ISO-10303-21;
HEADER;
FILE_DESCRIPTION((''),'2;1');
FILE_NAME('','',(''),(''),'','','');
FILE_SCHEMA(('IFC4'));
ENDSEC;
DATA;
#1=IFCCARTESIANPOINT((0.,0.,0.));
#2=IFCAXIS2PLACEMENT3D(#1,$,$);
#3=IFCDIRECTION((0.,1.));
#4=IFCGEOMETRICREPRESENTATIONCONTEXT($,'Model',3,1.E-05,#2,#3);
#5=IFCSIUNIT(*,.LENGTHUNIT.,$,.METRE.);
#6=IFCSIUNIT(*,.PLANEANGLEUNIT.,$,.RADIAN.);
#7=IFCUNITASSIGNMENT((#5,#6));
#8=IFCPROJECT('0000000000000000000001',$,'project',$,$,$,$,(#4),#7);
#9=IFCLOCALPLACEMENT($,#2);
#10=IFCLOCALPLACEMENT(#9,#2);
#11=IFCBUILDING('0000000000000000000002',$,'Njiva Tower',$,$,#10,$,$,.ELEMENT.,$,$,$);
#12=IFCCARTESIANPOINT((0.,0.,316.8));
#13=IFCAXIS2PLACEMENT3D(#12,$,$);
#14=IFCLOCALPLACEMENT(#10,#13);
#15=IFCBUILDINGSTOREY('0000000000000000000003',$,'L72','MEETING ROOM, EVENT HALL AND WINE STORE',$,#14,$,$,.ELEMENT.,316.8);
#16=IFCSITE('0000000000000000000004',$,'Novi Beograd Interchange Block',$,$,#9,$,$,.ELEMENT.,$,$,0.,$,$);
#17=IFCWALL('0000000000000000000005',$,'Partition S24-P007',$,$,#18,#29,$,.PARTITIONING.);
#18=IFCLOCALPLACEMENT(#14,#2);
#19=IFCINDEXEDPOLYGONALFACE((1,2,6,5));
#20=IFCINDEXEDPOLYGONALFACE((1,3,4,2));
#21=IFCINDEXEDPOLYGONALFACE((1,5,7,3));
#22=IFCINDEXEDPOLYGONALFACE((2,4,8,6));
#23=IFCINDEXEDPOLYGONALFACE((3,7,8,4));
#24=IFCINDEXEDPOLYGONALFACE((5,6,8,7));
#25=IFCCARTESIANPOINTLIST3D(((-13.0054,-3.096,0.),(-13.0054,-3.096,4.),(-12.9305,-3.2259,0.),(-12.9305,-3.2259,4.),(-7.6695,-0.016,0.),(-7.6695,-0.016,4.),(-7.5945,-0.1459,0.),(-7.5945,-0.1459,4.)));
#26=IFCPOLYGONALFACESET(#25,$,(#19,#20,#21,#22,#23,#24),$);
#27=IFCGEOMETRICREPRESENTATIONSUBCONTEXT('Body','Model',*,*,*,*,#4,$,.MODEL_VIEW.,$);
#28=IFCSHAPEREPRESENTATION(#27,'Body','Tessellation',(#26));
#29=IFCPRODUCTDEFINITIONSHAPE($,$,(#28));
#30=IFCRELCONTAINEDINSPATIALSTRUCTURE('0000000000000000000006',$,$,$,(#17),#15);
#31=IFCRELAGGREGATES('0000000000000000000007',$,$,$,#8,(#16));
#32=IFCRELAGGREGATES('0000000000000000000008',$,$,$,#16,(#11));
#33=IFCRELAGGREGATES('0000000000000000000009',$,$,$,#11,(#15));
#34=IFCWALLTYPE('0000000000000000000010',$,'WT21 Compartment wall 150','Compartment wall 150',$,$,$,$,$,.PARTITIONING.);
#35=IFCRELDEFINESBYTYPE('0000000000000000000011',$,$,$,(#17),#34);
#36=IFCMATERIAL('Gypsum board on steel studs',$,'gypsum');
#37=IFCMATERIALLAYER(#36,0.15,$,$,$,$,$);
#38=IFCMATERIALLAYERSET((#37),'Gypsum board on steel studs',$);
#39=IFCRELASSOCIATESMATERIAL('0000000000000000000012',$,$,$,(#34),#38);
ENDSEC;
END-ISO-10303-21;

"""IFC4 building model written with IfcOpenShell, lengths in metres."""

from ifc_helpers import new_model, si_unit, direction, frame, frame_2d, origin, place, context, subcontext, project, spatial, rectangle, extrude, material, layer, layer_set, type_object, element, save


model = new_model("IFC4")

# Units and contexts
model_context = context("Model", 3, precision=1e-05, world=origin(), true_north=direction((0.0, 1.0)))
body_context = subcontext(model_context, "Body", "Model", "MODEL_VIEW")
ifc_project = project(units=[si_unit("LENGTHUNIT", "METRE"), si_unit("PLANEANGLEUNIT", "RADIAN")], contexts=[model_context])

# Site, building, storey
site_placement = place(None, origin())
site = spatial("IfcSite", under=ifc_project, at=site_placement, Name="Novi Beograd Interchange Block", CompositionType="ELEMENT", RefElevation=0.0)
building_placement = place(site_placement, origin())
building = spatial("IfcBuilding", under=site, at=building_placement, Name="Njiva Tower", CompositionType="ELEMENT")
storey_placement = place(building_placement, frame((0.0, 0.0, 316.8)))
storey = spatial("IfcBuildingStorey", under=building, at=storey_placement, Name="L72", Description="MEETING ROOM, EVENT HALL AND WINE STORE", CompositionType="ELEMENT", Elevation=316.8)

# Shared definitions
ifc_material_1 = material(Name="Gypsum board on steel studs", Category="gypsum")
ifc_layer_1 = layer(ifc_material_1, 0.15)
ifc_layer_set_1 = layer_set([ifc_layer_1], Name="Gypsum board on steel studs")
wall_type_1 = type_object("IfcWallType", Name="WT21 Compartment wall 150", Description="Compartment wall 150", PredefinedType="PARTITIONING", material=ifc_layer_set_1)

# Wall
wall_1_placement = place(storey_placement, frame((-12.968, -3.161, 0.0), z_axis=(0.0, 0.0, 1.0), x_axis=(0.866077, 0.49991, 0.0)))
element("IfcWall", 1, at=wall_1_placement, inside=storey, type_object=wall_type_1, Name="Partition S24-P007", PredefinedType="PARTITIONING", context=body_context, shape_type="SweptSolid", body=[
    extrude(rectangle(XDim=6.1611, YDim=0.15, at=frame_2d((3.0806, 0.0))), origin(), (0.0, 0.0, 1.0), 4.0),
])

save(model, "model.ifc")
